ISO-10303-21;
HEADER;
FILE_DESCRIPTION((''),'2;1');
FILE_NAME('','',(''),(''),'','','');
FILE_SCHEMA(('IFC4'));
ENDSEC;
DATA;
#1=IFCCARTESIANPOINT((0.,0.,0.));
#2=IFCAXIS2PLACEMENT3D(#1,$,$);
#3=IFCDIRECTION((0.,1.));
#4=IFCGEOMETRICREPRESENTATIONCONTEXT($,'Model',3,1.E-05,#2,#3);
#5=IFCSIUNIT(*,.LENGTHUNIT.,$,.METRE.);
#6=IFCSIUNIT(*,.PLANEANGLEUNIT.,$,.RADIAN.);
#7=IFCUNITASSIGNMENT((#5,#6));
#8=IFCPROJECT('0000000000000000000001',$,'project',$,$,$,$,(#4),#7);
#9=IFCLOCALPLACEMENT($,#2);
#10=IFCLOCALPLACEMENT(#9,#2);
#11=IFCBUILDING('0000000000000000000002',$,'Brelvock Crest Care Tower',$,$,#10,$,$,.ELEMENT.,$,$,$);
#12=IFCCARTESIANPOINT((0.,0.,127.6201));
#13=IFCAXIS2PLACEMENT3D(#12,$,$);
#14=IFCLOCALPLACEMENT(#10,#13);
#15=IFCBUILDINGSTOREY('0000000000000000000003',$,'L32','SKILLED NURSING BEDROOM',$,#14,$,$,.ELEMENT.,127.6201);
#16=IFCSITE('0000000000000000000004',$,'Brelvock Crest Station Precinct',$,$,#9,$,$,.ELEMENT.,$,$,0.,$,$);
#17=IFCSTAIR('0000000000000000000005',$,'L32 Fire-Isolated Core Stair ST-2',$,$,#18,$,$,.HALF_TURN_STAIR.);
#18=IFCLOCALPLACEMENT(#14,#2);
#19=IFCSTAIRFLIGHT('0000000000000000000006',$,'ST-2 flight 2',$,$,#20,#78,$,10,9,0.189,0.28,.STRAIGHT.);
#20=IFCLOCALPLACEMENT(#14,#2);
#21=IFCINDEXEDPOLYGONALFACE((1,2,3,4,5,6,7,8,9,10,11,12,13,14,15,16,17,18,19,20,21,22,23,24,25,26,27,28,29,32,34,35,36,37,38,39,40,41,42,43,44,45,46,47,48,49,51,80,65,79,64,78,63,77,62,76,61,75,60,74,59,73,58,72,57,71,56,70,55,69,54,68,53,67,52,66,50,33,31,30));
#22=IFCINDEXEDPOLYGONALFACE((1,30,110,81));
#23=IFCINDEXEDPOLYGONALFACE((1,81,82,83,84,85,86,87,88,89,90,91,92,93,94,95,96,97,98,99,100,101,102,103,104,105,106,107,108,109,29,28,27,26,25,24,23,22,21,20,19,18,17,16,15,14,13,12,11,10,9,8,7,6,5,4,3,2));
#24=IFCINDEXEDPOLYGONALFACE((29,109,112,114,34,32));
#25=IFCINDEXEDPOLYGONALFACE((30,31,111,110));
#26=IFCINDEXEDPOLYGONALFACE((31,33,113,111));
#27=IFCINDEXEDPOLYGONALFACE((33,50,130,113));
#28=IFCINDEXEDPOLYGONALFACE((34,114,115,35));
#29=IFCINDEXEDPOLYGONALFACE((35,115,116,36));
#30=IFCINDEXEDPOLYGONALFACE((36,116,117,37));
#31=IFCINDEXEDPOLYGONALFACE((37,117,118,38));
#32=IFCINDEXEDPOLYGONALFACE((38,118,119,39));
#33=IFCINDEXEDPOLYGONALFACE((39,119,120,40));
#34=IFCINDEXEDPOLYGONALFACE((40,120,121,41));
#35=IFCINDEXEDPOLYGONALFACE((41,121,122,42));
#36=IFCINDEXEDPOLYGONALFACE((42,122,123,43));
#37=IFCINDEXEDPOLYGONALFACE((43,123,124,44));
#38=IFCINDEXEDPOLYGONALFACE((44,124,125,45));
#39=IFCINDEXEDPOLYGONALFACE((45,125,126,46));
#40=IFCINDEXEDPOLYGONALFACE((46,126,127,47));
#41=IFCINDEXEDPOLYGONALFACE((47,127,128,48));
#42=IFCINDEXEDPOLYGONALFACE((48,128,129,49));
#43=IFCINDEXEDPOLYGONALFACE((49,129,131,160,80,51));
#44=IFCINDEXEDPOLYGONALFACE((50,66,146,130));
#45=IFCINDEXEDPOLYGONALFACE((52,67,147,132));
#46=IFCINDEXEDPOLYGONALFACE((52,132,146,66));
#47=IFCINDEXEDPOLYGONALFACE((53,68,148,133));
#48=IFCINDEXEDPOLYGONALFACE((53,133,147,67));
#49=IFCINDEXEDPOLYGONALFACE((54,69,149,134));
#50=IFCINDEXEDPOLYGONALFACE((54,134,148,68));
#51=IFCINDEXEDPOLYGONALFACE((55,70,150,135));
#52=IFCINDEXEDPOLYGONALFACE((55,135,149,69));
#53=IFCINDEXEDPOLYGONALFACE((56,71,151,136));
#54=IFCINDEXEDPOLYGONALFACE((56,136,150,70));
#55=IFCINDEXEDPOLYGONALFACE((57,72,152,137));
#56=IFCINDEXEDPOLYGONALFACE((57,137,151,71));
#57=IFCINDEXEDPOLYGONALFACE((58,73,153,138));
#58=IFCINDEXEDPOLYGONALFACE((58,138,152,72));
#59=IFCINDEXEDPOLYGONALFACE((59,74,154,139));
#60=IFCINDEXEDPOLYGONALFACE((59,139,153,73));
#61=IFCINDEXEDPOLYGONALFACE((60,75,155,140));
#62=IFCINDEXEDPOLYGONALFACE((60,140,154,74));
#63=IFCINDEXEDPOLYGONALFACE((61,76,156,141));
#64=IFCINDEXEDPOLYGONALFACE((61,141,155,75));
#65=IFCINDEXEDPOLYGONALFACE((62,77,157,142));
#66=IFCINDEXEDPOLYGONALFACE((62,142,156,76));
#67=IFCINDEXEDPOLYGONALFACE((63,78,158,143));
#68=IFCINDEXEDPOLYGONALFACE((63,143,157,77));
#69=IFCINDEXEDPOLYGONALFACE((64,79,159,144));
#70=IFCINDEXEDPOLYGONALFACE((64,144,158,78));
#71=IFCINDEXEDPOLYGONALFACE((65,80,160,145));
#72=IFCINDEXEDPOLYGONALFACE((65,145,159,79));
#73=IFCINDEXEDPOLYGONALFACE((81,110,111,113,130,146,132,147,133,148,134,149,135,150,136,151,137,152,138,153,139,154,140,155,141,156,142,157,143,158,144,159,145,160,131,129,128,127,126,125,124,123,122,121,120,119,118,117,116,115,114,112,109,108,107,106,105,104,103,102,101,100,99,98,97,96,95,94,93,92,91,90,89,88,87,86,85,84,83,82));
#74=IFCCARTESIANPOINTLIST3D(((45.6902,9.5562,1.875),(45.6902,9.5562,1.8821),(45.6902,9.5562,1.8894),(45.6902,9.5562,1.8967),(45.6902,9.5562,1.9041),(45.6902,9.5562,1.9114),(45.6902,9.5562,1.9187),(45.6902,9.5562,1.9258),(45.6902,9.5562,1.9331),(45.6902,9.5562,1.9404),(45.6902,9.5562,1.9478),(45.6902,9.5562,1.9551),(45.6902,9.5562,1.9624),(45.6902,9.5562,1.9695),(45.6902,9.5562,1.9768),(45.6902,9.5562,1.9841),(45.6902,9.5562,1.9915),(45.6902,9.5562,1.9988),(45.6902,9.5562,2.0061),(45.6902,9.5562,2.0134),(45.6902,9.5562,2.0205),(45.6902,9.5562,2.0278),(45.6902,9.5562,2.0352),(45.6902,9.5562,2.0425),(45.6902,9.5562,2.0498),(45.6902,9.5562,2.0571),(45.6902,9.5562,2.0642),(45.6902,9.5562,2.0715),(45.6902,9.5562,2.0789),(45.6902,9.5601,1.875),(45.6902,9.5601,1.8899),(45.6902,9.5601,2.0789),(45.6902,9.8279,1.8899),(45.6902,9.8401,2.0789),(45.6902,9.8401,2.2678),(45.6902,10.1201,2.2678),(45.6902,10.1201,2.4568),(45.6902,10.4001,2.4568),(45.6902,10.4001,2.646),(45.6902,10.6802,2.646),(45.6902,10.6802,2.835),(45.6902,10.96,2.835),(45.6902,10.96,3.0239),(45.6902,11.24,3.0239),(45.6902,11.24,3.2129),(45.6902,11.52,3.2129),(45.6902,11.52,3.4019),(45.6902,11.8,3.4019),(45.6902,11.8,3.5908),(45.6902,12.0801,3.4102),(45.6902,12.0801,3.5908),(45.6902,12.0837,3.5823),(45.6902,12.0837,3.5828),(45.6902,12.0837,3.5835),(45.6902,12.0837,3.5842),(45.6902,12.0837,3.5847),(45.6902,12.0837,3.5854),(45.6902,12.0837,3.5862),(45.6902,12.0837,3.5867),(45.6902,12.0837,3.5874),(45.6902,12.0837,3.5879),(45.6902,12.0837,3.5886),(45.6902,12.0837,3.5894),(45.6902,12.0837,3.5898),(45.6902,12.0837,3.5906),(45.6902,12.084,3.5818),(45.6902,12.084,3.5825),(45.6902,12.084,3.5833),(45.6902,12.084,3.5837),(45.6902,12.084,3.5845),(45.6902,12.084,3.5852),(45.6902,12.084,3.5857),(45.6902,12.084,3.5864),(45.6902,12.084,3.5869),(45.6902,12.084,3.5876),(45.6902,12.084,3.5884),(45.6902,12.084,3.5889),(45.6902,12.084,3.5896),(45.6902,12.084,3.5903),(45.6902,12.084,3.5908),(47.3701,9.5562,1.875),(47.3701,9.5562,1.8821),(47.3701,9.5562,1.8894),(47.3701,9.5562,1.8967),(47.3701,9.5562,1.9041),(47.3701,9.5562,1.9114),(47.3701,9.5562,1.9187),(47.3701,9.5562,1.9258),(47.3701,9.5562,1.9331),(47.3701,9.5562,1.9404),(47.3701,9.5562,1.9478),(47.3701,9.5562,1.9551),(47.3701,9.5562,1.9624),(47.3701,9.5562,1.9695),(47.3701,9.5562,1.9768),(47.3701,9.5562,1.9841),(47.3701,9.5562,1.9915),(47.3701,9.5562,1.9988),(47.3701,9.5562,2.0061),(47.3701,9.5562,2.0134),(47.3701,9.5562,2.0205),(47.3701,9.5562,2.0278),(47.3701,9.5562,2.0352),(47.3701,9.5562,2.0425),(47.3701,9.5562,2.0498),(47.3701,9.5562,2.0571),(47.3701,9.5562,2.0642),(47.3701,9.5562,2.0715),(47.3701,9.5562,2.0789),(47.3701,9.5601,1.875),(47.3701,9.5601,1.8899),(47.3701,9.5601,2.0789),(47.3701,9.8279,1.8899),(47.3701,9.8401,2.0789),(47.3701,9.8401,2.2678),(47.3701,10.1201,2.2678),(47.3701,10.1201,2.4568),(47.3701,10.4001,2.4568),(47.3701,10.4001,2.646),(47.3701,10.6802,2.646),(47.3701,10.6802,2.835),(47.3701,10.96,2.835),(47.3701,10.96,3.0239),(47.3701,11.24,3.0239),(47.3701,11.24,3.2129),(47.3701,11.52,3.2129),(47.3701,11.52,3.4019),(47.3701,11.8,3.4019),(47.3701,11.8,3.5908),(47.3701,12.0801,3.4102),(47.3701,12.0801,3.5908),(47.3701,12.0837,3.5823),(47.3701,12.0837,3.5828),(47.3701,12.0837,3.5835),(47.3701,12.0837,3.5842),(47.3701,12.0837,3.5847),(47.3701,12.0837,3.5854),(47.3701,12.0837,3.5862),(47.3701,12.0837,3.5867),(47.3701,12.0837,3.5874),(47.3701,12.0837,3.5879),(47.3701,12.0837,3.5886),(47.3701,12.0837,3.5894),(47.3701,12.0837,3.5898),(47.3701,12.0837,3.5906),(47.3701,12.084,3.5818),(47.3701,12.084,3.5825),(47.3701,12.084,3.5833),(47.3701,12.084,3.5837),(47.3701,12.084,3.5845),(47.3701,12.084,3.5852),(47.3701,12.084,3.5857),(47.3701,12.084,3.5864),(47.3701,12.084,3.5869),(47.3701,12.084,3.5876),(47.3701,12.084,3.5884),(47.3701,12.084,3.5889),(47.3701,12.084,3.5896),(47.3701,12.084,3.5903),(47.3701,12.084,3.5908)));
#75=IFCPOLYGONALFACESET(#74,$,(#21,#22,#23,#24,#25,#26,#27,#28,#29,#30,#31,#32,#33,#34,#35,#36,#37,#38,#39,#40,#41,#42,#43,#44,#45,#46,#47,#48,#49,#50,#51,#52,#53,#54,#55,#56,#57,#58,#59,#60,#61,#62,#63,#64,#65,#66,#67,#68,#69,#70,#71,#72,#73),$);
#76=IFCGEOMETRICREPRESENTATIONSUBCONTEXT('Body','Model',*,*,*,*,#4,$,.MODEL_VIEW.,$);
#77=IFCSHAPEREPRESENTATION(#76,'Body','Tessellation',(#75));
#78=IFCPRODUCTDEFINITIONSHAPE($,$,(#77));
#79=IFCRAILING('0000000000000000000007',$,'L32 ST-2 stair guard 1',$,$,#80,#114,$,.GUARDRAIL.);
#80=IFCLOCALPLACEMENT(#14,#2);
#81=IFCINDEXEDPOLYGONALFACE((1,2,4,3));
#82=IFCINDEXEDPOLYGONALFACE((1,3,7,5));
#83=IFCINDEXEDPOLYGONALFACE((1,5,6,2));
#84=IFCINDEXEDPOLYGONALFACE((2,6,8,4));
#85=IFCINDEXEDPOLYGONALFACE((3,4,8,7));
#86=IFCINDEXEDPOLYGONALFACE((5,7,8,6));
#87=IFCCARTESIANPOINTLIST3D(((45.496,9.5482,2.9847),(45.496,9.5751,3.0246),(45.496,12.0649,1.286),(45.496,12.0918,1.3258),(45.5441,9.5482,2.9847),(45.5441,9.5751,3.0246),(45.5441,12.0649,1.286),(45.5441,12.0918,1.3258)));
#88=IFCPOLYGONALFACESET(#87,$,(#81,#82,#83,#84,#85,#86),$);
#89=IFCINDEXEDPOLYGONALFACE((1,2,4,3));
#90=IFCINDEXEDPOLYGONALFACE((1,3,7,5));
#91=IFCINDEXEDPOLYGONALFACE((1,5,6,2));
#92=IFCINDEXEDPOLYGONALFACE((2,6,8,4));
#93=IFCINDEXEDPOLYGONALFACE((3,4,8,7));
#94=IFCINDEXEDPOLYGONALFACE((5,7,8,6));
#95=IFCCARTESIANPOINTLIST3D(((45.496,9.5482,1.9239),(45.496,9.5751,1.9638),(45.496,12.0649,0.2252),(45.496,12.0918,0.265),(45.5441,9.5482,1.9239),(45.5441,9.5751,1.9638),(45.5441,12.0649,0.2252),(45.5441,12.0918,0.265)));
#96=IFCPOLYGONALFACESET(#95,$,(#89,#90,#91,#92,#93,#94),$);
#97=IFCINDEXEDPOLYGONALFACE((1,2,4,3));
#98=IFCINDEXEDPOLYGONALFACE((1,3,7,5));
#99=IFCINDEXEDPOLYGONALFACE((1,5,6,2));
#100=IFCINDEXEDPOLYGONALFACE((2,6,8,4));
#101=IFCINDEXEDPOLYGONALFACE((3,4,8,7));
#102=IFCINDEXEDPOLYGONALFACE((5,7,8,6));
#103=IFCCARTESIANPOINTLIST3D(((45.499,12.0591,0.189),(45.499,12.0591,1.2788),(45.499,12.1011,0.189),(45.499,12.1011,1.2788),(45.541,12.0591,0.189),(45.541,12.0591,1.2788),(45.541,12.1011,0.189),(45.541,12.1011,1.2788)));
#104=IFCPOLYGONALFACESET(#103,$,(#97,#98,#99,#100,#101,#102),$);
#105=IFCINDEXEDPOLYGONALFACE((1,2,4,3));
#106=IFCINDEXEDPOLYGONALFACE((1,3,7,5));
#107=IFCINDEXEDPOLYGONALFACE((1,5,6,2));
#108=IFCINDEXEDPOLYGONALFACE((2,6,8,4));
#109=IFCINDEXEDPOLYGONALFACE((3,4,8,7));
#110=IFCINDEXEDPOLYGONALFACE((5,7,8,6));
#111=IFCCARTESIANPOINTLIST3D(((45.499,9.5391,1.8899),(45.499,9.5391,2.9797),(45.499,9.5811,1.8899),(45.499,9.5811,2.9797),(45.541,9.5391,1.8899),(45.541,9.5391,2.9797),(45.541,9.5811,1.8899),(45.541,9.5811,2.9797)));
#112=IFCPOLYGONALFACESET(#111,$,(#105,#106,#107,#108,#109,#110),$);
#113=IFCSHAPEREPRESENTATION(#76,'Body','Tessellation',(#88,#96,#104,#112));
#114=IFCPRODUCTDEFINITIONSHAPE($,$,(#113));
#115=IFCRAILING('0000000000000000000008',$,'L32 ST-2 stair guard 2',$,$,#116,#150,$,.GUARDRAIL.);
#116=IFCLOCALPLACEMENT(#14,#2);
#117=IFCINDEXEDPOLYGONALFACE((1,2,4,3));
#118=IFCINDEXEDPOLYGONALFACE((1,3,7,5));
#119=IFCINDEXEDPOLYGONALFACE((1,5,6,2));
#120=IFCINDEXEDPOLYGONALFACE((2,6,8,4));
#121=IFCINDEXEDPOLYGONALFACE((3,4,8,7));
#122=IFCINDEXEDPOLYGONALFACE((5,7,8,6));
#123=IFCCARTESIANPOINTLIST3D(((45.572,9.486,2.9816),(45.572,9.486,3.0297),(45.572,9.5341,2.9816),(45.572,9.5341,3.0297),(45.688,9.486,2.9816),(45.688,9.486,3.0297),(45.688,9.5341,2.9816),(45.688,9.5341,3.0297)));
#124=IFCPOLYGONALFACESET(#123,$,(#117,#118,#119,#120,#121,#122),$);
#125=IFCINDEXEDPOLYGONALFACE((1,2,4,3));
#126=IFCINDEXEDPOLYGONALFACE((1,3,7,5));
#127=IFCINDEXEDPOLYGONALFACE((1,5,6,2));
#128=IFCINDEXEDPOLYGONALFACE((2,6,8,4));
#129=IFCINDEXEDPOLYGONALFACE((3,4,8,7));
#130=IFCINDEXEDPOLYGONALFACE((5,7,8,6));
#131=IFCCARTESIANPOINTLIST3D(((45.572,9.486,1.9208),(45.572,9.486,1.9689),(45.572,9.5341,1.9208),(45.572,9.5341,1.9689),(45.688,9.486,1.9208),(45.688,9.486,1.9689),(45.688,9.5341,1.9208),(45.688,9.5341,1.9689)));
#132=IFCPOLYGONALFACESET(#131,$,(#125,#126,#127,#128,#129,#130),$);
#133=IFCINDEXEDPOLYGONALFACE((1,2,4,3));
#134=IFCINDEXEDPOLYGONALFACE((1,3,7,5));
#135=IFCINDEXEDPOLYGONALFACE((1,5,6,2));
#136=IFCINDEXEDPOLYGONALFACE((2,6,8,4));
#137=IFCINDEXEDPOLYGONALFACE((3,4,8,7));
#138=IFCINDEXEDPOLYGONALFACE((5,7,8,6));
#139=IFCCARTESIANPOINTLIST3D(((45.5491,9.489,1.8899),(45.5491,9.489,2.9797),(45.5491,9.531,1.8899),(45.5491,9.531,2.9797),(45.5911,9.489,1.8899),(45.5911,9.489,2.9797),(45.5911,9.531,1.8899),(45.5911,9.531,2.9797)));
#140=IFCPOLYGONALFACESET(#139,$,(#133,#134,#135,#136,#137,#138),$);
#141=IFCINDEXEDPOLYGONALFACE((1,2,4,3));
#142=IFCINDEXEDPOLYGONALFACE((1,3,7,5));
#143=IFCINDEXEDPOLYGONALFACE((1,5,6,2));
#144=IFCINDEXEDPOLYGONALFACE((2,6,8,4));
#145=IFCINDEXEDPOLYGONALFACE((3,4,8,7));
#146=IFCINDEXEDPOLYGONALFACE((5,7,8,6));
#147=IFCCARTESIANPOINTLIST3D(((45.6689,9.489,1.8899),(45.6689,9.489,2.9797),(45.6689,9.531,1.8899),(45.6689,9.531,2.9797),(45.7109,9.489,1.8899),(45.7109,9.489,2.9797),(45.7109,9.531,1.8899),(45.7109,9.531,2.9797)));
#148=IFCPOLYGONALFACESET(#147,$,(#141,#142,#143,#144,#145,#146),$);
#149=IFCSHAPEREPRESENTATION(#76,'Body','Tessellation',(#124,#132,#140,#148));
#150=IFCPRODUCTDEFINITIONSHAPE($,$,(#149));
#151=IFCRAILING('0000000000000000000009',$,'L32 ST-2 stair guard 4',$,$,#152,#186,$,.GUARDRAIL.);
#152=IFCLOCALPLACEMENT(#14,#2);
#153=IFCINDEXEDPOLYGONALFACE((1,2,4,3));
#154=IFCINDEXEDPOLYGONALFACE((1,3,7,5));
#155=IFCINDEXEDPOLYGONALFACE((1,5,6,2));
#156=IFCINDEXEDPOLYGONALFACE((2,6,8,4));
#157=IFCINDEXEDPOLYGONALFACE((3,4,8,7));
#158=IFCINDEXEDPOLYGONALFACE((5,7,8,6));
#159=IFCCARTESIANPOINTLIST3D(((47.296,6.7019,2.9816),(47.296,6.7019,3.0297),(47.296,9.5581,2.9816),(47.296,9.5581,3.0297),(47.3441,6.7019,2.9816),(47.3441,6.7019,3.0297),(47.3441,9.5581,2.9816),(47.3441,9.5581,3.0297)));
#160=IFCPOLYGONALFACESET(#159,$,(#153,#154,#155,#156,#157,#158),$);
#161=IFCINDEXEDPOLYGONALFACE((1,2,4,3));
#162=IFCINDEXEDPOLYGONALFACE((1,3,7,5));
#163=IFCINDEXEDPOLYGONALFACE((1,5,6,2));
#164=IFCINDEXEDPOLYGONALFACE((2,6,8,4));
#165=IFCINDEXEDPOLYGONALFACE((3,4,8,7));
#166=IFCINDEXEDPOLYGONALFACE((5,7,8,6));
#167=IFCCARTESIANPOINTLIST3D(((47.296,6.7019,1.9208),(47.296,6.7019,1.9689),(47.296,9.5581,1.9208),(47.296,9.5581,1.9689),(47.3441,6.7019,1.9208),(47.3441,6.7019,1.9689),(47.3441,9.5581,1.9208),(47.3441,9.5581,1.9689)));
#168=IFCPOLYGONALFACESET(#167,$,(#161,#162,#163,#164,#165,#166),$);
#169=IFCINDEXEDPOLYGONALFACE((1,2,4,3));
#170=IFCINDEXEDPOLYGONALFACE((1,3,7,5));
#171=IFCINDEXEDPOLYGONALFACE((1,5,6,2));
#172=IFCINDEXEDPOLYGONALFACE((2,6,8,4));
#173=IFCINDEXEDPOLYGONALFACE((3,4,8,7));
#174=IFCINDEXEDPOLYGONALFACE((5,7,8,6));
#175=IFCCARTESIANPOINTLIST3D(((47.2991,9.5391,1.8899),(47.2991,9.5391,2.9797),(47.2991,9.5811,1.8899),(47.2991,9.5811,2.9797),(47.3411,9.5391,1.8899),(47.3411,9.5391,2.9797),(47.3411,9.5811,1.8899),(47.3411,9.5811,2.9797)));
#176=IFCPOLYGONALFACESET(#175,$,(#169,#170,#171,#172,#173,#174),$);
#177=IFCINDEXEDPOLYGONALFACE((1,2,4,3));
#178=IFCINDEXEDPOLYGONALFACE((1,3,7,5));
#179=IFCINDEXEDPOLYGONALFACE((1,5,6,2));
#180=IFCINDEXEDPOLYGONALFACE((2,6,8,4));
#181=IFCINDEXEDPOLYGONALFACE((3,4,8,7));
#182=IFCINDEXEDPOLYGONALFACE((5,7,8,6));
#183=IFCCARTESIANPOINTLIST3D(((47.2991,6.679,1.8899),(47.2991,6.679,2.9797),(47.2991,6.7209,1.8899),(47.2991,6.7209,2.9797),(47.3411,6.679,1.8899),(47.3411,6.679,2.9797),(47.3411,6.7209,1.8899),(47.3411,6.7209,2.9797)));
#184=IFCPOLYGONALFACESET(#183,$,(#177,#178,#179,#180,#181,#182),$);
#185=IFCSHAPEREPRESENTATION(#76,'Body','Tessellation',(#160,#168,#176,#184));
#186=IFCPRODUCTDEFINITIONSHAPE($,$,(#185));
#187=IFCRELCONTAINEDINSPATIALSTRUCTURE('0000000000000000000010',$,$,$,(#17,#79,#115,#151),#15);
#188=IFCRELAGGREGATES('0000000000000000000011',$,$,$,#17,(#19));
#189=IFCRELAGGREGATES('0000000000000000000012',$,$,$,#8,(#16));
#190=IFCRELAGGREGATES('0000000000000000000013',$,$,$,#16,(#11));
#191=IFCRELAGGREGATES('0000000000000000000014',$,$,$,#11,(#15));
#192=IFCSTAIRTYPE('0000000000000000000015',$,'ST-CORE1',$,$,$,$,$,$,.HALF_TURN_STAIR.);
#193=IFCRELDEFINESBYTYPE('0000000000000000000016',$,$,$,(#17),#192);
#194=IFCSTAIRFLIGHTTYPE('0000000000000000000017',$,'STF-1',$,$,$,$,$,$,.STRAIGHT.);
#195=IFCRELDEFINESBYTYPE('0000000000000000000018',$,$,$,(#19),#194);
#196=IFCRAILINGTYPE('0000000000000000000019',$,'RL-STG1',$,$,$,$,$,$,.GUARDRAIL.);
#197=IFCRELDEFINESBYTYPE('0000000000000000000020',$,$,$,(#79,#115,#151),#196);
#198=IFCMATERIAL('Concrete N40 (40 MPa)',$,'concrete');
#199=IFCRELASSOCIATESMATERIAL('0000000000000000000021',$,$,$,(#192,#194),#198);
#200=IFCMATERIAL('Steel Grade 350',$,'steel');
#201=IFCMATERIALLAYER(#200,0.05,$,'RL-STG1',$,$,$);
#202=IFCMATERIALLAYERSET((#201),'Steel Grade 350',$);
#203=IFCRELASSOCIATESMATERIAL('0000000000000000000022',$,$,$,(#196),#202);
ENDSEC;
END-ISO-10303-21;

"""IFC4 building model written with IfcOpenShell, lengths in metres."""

from ifc_helpers import new_model, si_unit, direction, frame, origin, origin_2d, place, context, subcontext, project, spatial, polyline, rectangle, outline, extrude, material, layer, layer_set, type_object, element, aggregate, save


model = new_model("IFC4")

# Units and contexts
model_context = context("Model", 3, precision=1e-05, world=origin(), true_north=direction((0.0, 1.0)))
body_context = subcontext(model_context, "Body", "Model", "MODEL_VIEW")
ifc_project = project(units=[si_unit("LENGTHUNIT", "METRE"), si_unit("PLANEANGLEUNIT", "RADIAN")], contexts=[model_context])

# Site, building, storey
site_placement = place(None, origin())
site = spatial("IfcSite", under=ifc_project, at=site_placement, Name="Brelvock Crest Station Precinct", CompositionType="ELEMENT", RefElevation=0.0)
building_placement = place(site_placement, origin())
building = spatial("IfcBuilding", under=site, at=building_placement, Name="Brelvock Crest Care Tower", CompositionType="ELEMENT")
storey_placement = place(building_placement, frame((0.0, 0.0, 127.6201)))
storey = spatial("IfcBuildingStorey", under=building, at=storey_placement, Name="L32", Description="SKILLED NURSING BEDROOM", CompositionType="ELEMENT", Elevation=127.6201)

# Shared definitions
ifc_material_1 = material(Name="Steel Grade 350", Category="steel")

# Stair, stair flight
ifc_material_2 = material(Name="Concrete N40 (40 MPa)", Category="concrete")
stair_type = type_object("IfcStairType", Name="ST-CORE1", PredefinedType="HALF_TURN_STAIR", material=ifc_material_2)
stair_placement = place(storey_placement, origin())
stair = element("IfcStair", 1, at=stair_placement, inside=storey, type_object=stair_type, Name="L32 Fire-Isolated Core Stair ST-2", PredefinedType="HALF_TURN_STAIR")
stair_flight_type = type_object("IfcStairFlightType", Name="STF-1", PredefinedType="STRAIGHT", material=ifc_material_2)
stair_flight_1_placement = place(storey_placement, frame((46.53, 9.5601, 1.8899), z_axis=(0.0, 0.0, 1.0), x_axis=(0.0, 1.0, 0.0)))
stair_flight_1 = element("IfcStairFlight", 2, at=stair_flight_1_placement, type_object=stair_flight_type, Name="ST-2 flight 2", NumberOfRisers=10, NumberOfTreads=9, PredefinedType="STRAIGHT", RiserHeight=0.189, TreadLength=0.28, context=body_context, shape_type="SweptSolid", body=[
    extrude(outline(polyline([(-0.0039, -0.0149), (-0.0039, -0.0078), (-0.0039, -0.0005), (-0.0039, 0.0068), (-0.0039, 0.0142), (-0.0039, 0.0215), (-0.0039, 0.0288), (-0.0039, 0.0359), (-0.0039, 0.0432), (-0.0039, 0.0505), (-0.0039, 0.0579), (-0.0039, 0.0652), (-0.0039, 0.0725), (-0.0039, 0.0796), (-0.0039, 0.0869), (-0.0039, 0.0942), (-0.0039, 0.1016), (-0.0039, 0.1089), (-0.0039, 0.1162), (-0.0039, 0.1235), (-0.0039, 0.1306), (-0.0039, 0.1379), (-0.0039, 0.1453), (-0.0039, 0.1526), (-0.0039, 0.1599), (-0.0039, 0.1672), (-0.0039, 0.1743), (-0.0039, 0.1816), (-0.0039, 0.189), (0.0, 0.189), (0.28, 0.189), (0.28, 0.3779), (0.5601, 0.3779), (0.5601, 0.5669), (0.8401, 0.5669), (0.8401, 0.7561), (1.1201, 0.7561), (1.1201, 0.9451), (1.3999, 0.9451), (1.3999, 1.134), (1.6799, 1.134), (1.6799, 1.323), (1.96, 1.323), (1.96, 1.512), (2.24, 1.512), (2.24, 1.7009), (2.52, 1.7009), (2.5239, 1.7009), (2.5237, 1.7007), (2.5239, 1.7004), (2.5237, 1.7), (2.5239, 1.6997), (2.5237, 1.6995), (2.5239, 1.699), (2.5237, 1.6987), (2.5239, 1.6985), (2.5237, 1.698), (2.5239, 1.6978), (2.5237, 1.6975), (2.5239, 1.697), (2.5237, 1.6968), (2.5239, 1.6965), (2.5237, 1.6963), (2.5239, 1.6958), (2.5237, 1.6956), (2.5239, 1.6953), (2.5237, 1.6948), (2.5239, 1.6946), (2.5237, 1.6943), (2.5239, 1.6938), (2.5237, 1.6936), (2.5239, 1.6934), (2.5237, 1.6929), (2.5239, 1.6926), (2.5237, 1.6924), (2.5239, 1.6919), (2.52, 1.5203), (0.2678, 0.0), (0.0, 0.0), (0.0, -0.0149), (-0.0039, -0.0149)])), frame((0.0, 0.8398, 0.0), z_axis=(0.0, -1.0, 0.0), x_axis=(1.0, 0.0, 0.0)), (0.0, 0.0, 1.0), 1.6799),
])
aggregate(stair, [stair_flight_1])

# Railings
ifc_layer_1 = layer(ifc_material_1, 0.05, Name="RL-STG1")
ifc_layer_set_1 = layer_set([ifc_layer_1], Name="Steel Grade 350")
railing_type_1 = type_object("IfcRailingType", Name="RL-STG1", PredefinedType="GUARDRAIL", material=ifc_layer_set_1)
railing_1_placement = place(storey_placement, frame((45.52, 12.0801, 0.189)))
element("IfcRailing", 3, at=railing_1_placement, inside=storey, type_object=railing_type_1, Name="L32 ST-2 stair guard 1", PredefinedType="GUARDRAIL", context=body_context, shape_type="SweptSolid", body=[
    extrude(rectangle(XDim=0.0481, YDim=0.0481, at=origin_2d()), frame((0.0, -0.0017, 1.1169), z_axis=(0.0, -0.828862, 0.559454), x_axis=(1.0, 0.0, 0.0)), (0.0, 0.0, 1.0), 3.0364),
    extrude(rectangle(XDim=0.0481, YDim=0.0481, at=origin_2d()), frame((0.0, -0.0017, 0.0562), z_axis=(0.0, -0.828862, 0.559454), x_axis=(1.0, 0.0, 0.0)), (0.0, 0.0, 1.0), 3.0364),
    extrude(rectangle(XDim=0.042, YDim=0.042, at=origin_2d()), origin(), (0.0, 0.0, 1.0), 1.0898),
    extrude(rectangle(XDim=0.042, YDim=0.042, at=origin_2d()), frame((0.0, -2.52, 1.7009)), (0.0, 0.0, 1.0), 1.0898),
])
railing_2_placement = place(storey_placement, frame((45.5701, 9.51, 1.8899)))
element("IfcRailing", 4, at=railing_2_placement, inside=storey, type_object=railing_type_1, Name="L32 ST-2 stair guard 2", PredefinedType="GUARDRAIL", context=body_context, shape_type="SweptSolid", body=[
    extrude(rectangle(XDim=0.0481, YDim=0.0481, at=origin_2d()), frame((0.002, 0.0, 1.1157), z_axis=(1.0, 0.0, 0.0), x_axis=(0.0, 1.0, 0.0)), (0.0, 0.0, 1.0), 0.116),
    extrude(rectangle(XDim=0.0481, YDim=0.0481, at=origin_2d()), frame((0.002, 0.0, 0.0549), z_axis=(1.0, 0.0, 0.0), x_axis=(0.0, 1.0, 0.0)), (0.0, 0.0, 1.0), 0.116),
    extrude(rectangle(XDim=0.042, YDim=0.042, at=origin_2d()), origin(), (0.0, 0.0, 1.0), 1.0898),
    extrude(rectangle(XDim=0.042, YDim=0.042, at=origin_2d()), frame((0.1199, 0.0, 0.0)), (0.0, 0.0, 1.0), 1.0898),
])
railing_3_placement = place(storey_placement, frame((47.3201, 9.5601, 1.8899)))
element("IfcRailing", 5, at=railing_3_placement, inside=storey, type_object=railing_type_1, Name="L32 ST-2 stair guard 4", PredefinedType="GUARDRAIL", context=body_context, shape_type="SweptSolid", body=[
    extrude(rectangle(XDim=0.0481, YDim=0.0481, at=origin_2d()), frame((0.0, -0.002, 1.1157), z_axis=(0.0, -1.0, 0.0), x_axis=(1.0, 0.0, 0.0)), (0.0, 0.0, 1.0), 2.8562),
    extrude(rectangle(XDim=0.0481, YDim=0.0481, at=origin_2d()), frame((0.0, -0.002, 0.0549), z_axis=(0.0, -1.0, 0.0), x_axis=(1.0, 0.0, 0.0)), (0.0, 0.0, 1.0), 2.8562),
    extrude(rectangle(XDim=0.042, YDim=0.042, at=origin_2d()), origin(), (0.0, 0.0, 1.0), 1.0898),
    extrude(rectangle(XDim=0.042, YDim=0.042, at=origin_2d()), frame((0.0, -2.8601, 0.0)), (0.0, 0.0, 1.0), 1.0898),
])

save(model, "model.ifc")
